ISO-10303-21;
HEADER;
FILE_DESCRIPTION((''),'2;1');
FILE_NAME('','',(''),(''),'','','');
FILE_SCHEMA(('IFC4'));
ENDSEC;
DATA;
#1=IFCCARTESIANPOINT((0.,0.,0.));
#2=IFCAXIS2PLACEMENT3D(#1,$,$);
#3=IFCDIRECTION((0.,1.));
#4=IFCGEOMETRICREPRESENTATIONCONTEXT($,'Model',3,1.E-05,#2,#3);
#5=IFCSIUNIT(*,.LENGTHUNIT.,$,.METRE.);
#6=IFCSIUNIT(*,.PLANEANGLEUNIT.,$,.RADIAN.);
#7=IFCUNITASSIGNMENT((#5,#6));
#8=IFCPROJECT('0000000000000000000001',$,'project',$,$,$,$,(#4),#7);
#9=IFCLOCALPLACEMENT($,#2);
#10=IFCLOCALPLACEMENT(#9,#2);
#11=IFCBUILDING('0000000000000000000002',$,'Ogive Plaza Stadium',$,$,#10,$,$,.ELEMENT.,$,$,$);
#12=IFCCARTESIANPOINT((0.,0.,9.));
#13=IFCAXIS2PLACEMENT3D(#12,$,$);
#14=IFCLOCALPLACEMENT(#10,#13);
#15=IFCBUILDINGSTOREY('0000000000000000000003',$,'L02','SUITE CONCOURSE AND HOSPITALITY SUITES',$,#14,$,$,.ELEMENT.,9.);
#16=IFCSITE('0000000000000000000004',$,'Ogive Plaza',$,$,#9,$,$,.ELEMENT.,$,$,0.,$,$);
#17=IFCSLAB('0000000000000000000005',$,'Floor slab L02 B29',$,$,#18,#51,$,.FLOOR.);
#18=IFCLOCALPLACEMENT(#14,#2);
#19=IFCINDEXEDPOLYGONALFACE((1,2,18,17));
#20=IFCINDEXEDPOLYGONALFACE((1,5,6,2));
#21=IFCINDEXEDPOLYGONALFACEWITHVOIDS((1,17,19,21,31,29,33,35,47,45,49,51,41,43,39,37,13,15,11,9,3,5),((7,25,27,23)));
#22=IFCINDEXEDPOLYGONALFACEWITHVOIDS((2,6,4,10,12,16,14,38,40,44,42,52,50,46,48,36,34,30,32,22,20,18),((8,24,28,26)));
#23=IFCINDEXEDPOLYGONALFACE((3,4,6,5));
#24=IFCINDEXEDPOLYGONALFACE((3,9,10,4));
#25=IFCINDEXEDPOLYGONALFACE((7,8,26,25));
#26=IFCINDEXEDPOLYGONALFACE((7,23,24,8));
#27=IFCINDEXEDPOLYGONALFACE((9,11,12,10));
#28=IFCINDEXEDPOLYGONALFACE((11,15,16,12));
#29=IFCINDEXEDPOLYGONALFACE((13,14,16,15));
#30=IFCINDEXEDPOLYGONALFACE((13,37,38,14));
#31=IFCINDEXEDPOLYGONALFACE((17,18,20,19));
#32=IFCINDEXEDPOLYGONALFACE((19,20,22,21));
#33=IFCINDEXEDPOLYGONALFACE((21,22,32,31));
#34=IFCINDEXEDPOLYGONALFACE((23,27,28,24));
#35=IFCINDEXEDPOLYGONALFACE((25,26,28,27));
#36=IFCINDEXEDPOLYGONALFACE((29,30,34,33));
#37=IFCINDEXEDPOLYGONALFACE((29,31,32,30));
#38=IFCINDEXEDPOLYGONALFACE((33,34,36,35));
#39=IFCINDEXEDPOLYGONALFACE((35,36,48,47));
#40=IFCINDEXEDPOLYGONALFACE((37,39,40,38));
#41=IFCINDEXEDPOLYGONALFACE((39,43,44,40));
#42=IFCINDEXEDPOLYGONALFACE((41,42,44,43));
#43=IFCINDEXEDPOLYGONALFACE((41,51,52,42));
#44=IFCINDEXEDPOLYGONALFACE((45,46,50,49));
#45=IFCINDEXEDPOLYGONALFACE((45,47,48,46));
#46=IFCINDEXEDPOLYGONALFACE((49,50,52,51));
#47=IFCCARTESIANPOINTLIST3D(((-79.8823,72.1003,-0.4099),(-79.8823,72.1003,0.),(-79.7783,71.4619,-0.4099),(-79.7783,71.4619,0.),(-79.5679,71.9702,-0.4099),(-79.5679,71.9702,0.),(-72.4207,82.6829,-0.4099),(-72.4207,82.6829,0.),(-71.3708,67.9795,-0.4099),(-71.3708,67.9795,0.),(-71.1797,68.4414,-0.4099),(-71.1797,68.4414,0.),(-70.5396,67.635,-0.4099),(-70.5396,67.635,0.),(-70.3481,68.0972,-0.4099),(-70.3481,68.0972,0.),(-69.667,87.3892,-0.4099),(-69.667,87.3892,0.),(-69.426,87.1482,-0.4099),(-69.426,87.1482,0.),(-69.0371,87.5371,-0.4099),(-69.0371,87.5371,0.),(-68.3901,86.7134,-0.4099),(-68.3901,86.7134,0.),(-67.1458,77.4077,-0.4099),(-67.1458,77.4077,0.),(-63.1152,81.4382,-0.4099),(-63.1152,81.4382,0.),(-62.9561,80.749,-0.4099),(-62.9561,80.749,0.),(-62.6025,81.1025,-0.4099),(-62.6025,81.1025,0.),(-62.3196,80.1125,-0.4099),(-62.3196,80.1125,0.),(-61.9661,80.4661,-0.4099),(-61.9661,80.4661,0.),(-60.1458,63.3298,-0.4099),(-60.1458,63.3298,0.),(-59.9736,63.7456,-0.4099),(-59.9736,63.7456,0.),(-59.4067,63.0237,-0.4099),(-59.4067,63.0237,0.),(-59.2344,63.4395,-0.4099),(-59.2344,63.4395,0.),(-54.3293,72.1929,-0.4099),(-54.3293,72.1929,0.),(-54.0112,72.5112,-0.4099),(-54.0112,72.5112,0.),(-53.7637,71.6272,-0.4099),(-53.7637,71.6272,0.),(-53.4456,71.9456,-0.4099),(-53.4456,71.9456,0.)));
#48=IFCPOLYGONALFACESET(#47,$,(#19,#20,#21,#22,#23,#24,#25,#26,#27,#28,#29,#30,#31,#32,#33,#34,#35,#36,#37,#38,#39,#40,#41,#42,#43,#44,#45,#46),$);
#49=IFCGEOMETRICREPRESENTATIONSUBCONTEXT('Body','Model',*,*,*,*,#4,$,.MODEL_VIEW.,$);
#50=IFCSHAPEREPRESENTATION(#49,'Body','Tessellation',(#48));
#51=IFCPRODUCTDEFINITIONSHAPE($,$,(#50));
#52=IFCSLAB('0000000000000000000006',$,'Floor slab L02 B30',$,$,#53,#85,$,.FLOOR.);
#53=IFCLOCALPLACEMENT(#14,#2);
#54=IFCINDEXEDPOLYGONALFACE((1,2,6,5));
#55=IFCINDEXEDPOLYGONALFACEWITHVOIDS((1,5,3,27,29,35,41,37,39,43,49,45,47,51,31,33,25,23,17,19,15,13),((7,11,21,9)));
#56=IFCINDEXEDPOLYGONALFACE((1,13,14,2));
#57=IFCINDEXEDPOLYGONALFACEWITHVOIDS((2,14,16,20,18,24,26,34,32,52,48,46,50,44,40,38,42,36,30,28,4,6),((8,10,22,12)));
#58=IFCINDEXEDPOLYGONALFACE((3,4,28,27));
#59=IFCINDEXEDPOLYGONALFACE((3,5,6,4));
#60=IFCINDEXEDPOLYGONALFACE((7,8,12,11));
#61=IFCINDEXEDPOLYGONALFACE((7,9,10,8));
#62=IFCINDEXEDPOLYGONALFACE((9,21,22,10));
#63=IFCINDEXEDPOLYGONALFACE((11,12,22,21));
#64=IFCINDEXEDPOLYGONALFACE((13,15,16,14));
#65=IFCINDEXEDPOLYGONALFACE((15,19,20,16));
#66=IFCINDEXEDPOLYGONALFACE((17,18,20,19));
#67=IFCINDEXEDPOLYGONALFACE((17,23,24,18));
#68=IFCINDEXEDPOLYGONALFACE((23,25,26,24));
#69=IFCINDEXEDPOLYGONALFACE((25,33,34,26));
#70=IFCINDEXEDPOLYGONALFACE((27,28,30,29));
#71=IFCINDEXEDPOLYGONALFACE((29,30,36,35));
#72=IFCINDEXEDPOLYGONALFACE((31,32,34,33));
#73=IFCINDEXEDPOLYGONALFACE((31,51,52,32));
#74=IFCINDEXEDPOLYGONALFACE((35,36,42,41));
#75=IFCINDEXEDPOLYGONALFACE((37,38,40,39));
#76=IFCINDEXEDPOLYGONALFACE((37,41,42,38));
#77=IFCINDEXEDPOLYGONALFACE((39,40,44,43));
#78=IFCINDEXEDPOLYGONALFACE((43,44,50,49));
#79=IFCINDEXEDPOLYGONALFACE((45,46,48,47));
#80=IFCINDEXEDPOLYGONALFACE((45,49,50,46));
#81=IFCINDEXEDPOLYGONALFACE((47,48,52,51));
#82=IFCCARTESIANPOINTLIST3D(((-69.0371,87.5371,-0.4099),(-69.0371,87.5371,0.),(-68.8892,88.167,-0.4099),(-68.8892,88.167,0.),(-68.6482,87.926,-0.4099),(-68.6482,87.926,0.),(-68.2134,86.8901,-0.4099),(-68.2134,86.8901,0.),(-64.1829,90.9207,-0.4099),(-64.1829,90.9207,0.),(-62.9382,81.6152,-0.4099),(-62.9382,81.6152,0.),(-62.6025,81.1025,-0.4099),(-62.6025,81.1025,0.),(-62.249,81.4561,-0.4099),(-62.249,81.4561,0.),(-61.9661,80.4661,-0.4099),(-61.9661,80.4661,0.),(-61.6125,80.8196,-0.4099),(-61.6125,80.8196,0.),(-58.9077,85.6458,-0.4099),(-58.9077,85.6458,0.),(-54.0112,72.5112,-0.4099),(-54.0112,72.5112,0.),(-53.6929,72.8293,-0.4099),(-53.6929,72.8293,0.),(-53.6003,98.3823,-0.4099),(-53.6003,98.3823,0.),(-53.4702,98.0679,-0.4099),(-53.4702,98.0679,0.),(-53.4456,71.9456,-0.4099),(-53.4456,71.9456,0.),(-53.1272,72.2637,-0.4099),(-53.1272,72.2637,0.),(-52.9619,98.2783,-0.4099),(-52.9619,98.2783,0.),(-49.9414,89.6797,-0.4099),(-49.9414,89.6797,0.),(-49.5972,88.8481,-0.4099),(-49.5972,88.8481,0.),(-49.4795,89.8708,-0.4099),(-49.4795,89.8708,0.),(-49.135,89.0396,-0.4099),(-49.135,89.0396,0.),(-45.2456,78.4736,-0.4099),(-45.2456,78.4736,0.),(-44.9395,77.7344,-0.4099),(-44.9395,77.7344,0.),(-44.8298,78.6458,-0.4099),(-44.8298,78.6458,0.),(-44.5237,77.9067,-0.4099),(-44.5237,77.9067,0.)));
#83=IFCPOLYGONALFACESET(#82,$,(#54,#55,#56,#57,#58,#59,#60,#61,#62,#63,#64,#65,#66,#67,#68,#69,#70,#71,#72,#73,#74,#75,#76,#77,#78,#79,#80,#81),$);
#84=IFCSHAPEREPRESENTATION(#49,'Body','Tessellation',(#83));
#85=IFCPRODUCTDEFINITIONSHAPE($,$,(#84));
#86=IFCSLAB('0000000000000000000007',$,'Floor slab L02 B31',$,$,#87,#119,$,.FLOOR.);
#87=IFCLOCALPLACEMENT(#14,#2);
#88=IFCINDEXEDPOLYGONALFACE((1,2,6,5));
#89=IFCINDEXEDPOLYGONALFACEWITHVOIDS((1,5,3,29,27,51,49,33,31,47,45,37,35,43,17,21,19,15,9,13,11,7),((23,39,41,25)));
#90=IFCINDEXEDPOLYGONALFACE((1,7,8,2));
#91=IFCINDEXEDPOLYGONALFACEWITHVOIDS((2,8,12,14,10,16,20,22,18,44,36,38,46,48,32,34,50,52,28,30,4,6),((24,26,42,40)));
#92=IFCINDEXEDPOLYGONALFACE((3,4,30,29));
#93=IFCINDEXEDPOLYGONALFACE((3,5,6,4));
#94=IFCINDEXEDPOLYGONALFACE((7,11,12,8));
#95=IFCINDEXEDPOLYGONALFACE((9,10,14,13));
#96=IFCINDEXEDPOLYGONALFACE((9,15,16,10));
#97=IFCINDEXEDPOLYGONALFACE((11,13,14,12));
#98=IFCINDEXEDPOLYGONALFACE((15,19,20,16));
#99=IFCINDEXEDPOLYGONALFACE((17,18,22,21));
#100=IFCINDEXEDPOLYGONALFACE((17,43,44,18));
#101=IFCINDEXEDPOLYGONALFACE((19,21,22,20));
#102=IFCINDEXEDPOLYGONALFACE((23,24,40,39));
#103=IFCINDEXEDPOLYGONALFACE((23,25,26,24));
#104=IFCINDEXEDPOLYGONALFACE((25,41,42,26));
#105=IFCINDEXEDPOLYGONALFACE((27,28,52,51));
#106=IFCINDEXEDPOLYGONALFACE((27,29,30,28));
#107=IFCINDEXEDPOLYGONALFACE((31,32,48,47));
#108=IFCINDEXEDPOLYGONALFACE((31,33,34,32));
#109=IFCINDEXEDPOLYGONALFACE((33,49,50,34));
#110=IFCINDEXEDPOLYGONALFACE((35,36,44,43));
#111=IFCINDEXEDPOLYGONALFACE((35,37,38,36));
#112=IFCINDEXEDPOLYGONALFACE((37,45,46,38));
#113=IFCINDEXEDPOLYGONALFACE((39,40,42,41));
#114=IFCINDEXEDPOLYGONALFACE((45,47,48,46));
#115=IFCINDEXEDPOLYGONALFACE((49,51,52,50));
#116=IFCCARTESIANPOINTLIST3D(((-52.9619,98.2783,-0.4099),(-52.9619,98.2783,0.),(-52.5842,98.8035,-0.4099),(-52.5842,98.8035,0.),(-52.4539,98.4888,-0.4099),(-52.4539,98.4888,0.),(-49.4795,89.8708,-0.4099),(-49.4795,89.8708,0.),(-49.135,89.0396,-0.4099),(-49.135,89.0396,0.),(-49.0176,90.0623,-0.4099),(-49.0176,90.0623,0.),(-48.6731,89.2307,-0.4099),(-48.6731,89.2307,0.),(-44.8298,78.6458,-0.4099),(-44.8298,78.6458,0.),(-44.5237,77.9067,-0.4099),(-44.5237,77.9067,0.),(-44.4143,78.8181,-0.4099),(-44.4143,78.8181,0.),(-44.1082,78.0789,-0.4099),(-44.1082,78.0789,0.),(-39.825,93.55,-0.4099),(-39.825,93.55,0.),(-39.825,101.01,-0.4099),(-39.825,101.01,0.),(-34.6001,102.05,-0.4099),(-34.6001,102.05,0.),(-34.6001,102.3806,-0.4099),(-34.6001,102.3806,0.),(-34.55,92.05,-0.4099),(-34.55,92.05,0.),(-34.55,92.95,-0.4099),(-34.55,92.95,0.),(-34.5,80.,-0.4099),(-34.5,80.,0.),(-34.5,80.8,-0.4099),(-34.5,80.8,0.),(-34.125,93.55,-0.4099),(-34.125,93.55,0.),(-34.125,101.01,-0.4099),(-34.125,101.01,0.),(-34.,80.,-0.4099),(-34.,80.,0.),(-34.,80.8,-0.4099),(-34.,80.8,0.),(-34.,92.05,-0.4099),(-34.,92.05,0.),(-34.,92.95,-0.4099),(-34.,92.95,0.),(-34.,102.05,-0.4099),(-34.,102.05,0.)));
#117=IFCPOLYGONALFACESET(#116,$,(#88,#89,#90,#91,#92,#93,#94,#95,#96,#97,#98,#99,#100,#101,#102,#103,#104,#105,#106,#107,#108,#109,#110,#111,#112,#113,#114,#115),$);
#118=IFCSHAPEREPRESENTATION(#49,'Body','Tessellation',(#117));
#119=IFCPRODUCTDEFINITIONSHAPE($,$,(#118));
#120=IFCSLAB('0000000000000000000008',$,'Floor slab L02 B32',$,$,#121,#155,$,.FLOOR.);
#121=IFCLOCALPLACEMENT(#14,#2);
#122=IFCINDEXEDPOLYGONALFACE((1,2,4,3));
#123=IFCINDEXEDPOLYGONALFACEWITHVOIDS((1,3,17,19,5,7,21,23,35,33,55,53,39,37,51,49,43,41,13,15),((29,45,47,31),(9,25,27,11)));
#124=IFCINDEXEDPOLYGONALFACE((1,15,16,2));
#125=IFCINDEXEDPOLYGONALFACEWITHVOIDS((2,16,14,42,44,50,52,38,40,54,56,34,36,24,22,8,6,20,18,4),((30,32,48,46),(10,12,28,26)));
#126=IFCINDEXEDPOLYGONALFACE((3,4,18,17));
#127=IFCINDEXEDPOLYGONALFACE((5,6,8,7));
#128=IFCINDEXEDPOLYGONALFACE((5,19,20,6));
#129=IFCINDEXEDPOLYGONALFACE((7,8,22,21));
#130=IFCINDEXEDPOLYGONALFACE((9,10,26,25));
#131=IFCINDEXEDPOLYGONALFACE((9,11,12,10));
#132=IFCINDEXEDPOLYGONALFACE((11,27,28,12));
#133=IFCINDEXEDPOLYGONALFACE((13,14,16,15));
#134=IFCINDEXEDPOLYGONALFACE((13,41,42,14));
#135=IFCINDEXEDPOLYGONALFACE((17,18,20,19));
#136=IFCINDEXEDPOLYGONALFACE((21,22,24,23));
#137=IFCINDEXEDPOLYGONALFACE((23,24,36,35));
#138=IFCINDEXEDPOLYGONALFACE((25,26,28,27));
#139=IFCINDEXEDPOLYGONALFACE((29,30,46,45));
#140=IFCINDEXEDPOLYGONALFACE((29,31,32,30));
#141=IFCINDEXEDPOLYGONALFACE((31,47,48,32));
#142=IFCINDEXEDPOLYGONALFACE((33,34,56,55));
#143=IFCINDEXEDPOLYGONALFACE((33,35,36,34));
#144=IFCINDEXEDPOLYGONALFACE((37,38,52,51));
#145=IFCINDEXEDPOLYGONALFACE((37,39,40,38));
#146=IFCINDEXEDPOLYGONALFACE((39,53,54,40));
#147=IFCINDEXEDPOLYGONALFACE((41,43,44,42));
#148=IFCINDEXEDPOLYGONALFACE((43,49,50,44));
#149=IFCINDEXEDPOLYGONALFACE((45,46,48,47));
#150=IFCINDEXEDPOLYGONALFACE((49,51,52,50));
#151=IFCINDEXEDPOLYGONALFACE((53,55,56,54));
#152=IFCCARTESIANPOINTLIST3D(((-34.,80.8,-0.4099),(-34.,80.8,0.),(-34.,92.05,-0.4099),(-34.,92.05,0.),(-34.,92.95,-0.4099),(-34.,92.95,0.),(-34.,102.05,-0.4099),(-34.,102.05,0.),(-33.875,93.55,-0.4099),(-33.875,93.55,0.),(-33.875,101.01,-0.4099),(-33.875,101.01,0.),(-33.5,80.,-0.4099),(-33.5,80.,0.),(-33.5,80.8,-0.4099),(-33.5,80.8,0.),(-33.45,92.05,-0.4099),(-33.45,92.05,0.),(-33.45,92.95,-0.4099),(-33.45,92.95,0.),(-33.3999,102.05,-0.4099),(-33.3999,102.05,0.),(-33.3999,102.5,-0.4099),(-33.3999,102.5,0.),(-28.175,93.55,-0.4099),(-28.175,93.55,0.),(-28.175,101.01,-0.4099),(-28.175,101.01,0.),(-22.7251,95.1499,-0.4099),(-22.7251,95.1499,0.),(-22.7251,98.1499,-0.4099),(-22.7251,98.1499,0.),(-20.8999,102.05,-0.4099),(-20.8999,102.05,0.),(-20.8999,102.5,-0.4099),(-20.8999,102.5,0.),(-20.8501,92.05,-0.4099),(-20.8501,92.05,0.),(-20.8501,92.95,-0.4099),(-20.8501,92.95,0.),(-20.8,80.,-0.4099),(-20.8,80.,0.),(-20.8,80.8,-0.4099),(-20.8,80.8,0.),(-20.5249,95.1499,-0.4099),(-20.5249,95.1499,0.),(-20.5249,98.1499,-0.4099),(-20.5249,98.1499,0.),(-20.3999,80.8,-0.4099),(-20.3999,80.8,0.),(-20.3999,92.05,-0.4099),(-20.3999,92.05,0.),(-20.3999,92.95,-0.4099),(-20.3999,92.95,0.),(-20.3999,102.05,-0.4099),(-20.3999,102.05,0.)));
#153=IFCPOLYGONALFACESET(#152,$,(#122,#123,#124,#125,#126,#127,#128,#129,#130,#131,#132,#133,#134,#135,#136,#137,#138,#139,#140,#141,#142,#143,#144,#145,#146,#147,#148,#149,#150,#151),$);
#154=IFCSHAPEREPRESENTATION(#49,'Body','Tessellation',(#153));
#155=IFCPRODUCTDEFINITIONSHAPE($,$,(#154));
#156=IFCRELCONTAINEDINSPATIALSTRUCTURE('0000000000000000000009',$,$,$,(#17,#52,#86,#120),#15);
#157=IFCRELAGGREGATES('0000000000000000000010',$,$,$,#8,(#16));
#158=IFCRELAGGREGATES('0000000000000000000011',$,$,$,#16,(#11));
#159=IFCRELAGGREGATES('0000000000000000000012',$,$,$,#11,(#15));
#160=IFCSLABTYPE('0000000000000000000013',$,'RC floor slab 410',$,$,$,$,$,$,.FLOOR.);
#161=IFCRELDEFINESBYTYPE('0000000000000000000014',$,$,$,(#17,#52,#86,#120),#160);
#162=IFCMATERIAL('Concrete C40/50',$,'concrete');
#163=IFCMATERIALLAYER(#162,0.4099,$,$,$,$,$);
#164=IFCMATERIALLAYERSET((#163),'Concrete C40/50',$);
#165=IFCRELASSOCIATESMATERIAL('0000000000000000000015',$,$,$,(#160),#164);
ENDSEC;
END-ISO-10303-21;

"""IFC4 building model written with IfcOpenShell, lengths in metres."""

from ifc_helpers import new_model, si_unit, direction, frame, origin, place, context, subcontext, project, spatial, polyline, outline, extrude, material, layer, layer_set, type_object, element, save


model = new_model("IFC4")

# Units and contexts
model_context = context("Model", 3, precision=1e-05, world=origin(), true_north=direction((0.0, 1.0)))
body_context = subcontext(model_context, "Body", "Model", "MODEL_VIEW")
ifc_project = project(units=[si_unit("LENGTHUNIT", "METRE"), si_unit("PLANEANGLEUNIT", "RADIAN")], contexts=[model_context])

# Site, building, storey
site_placement = place(None, origin())
site = spatial("IfcSite", under=ifc_project, at=site_placement, Name="Ogive Plaza", CompositionType="ELEMENT", RefElevation=0.0)
building_placement = place(site_placement, origin())
building = spatial("IfcBuilding", under=site, at=building_placement, Name="Ogive Plaza Stadium", CompositionType="ELEMENT")
storey_placement = place(building_placement, frame((0.0, 0.0, 9.0)))
storey = spatial("IfcBuildingStorey", under=building, at=storey_placement, Name="L02", Description="SUITE CONCOURSE AND HOSPITALITY SUITES", CompositionType="ELEMENT", Elevation=9.0)

# Slabs
ifc_material = material(Name="Concrete C40/50", Category="concrete")
ifc_layer = layer(ifc_material, 0.4099)
ifc_layer_set = layer_set([ifc_layer], Name="Concrete C40/50")
slab_type = type_object("IfcSlabType", Name="RC floor slab 410", PredefinedType="FLOOR", material=ifc_layer_set)
slab_1_placement = place(storey_placement, frame((0.0, 0.0, -0.4099)))
element("IfcSlab", 1, at=slab_1_placement, inside=storey, type_object=slab_type, Name="Floor slab L02 B29", PredefinedType="FLOOR", context=body_context, shape_type="SweptSolid", body=[
    extrude(outline(polyline([(-61.9661, 80.4661), (-62.3196, 80.1125), (-62.9561, 80.749), (-62.6025, 81.1025), (-69.0371, 87.5371), (-69.426, 87.1482), (-69.667, 87.3892), (-79.8823, 72.1003), (-79.5679, 71.9702), (-79.7783, 71.4619), (-71.3708, 67.9795), (-71.1797, 68.4414), (-70.3481, 68.0972), (-70.5396, 67.635), (-60.1458, 63.3298), (-59.9736, 63.7456), (-59.2344, 63.4395), (-59.4067, 63.0237), (-53.4456, 71.9456), (-53.7637, 71.6272), (-54.3293, 72.1929), (-54.0112, 72.5112), (-61.9661, 80.4661)]), holes=[polyline([(-67.1458, 77.4077), (-63.1152, 81.4382), (-68.3901, 86.7134), (-72.4207, 82.6829), (-67.1458, 77.4077)])]), origin(), (0.0, 0.0, 1.0), 0.4099),
])
slab_2_placement = place(storey_placement, frame((0.0, 0.0, -0.4099)))
element("IfcSlab", 2, at=slab_2_placement, inside=storey, type_object=slab_type, Name="Floor slab L02 B30", PredefinedType="FLOOR", context=body_context, shape_type="SweptSolid", body=[
    extrude(outline(polyline([(-49.135, 89.0396), (-49.5972, 88.8481), (-49.9414, 89.6797), (-49.4795, 89.8708), (-52.9619, 98.2783), (-53.4702, 98.0679), (-53.6003, 98.3823), (-68.8892, 88.167), (-68.6482, 87.926), (-69.0371, 87.5371), (-62.6025, 81.1025), (-62.249, 81.4561), (-61.6125, 80.8196), (-61.9661, 80.4661), (-54.0112, 72.5112), (-53.6929, 72.8293), (-53.1272, 72.2637), (-53.4456, 71.9456), (-44.5237, 77.9067), (-44.9395, 77.7344), (-45.2456, 78.4736), (-44.8298, 78.6458), (-49.135, 89.0396)]), holes=[polyline([(-62.9382, 81.6152), (-58.9077, 85.6458), (-64.1829, 90.9207), (-68.2134, 86.8901), (-62.9382, 81.6152)])]), origin(), (0.0, 0.0, 1.0), 0.4099),
])
slab_3_placement = place(storey_placement, frame((0.0, 0.0, -0.4099)))
element("IfcSlab", 3, at=slab_3_placement, inside=storey, type_object=slab_type, Name="Floor slab L02 B31", PredefinedType="FLOOR", context=body_context, shape_type="SweptSolid", body=[
    extrude(outline(polyline([(-34.0, 92.05), (-34.55, 92.05), (-34.55, 92.95), (-34.0, 92.95), (-34.0, 102.05), (-34.6001, 102.05), (-34.6001, 102.3806), (-52.5842, 98.8035), (-52.4539, 98.4888), (-52.9619, 98.2783), (-49.4795, 89.8708), (-49.0176, 90.0623), (-48.6731, 89.2307), (-49.135, 89.0396), (-44.8298, 78.6458), (-44.4143, 78.8181), (-44.1082, 78.0789), (-44.5237, 77.9067), (-34.0, 80.0), (-34.5, 80.0), (-34.5, 80.8), (-34.0, 80.8), (-34.0, 92.05)]), holes=[polyline([(-39.825, 93.55), (-34.125, 93.55), (-34.125, 101.01), (-39.825, 101.01), (-39.825, 93.55)])]), origin(), (0.0, 0.0, 1.0), 0.4099),
])
slab_4_placement = place(storey_placement, frame((0.0, 0.0, -0.4099)))
element("IfcSlab", 4, at=slab_4_placement, inside=storey, type_object=slab_type, Name="Floor slab L02 B32", PredefinedType="FLOOR", context=body_context, shape_type="SweptSolid", body=[
    extrude(outline(polyline([(-20.3999, 92.05), (-20.8501, 92.05), (-20.8501, 92.95), (-20.3999, 92.95), (-20.3999, 102.05), (-20.8999, 102.05), (-20.8999, 102.5), (-33.3999, 102.5), (-33.3999, 102.05), (-34.0, 102.05), (-34.0, 92.95), (-33.45, 92.95), (-33.45, 92.05), (-34.0, 92.05), (-34.0, 80.8), (-33.5, 80.8), (-33.5, 80.0), (-20.8, 80.0), (-20.8, 80.8), (-20.3999, 80.8), (-20.3999, 92.05)]), holes=[polyline([(-20.5249, 95.1499), (-20.5249, 98.1499), (-22.7251, 98.1499), (-22.7251, 95.1499), (-20.5249, 95.1499)]), polyline([(-33.875, 93.55), (-28.175, 93.55), (-28.175, 101.01), (-33.875, 101.01), (-33.875, 93.55)])]), origin(), (0.0, 0.0, 1.0), 0.4099),
])

save(model, "model.ifc")
